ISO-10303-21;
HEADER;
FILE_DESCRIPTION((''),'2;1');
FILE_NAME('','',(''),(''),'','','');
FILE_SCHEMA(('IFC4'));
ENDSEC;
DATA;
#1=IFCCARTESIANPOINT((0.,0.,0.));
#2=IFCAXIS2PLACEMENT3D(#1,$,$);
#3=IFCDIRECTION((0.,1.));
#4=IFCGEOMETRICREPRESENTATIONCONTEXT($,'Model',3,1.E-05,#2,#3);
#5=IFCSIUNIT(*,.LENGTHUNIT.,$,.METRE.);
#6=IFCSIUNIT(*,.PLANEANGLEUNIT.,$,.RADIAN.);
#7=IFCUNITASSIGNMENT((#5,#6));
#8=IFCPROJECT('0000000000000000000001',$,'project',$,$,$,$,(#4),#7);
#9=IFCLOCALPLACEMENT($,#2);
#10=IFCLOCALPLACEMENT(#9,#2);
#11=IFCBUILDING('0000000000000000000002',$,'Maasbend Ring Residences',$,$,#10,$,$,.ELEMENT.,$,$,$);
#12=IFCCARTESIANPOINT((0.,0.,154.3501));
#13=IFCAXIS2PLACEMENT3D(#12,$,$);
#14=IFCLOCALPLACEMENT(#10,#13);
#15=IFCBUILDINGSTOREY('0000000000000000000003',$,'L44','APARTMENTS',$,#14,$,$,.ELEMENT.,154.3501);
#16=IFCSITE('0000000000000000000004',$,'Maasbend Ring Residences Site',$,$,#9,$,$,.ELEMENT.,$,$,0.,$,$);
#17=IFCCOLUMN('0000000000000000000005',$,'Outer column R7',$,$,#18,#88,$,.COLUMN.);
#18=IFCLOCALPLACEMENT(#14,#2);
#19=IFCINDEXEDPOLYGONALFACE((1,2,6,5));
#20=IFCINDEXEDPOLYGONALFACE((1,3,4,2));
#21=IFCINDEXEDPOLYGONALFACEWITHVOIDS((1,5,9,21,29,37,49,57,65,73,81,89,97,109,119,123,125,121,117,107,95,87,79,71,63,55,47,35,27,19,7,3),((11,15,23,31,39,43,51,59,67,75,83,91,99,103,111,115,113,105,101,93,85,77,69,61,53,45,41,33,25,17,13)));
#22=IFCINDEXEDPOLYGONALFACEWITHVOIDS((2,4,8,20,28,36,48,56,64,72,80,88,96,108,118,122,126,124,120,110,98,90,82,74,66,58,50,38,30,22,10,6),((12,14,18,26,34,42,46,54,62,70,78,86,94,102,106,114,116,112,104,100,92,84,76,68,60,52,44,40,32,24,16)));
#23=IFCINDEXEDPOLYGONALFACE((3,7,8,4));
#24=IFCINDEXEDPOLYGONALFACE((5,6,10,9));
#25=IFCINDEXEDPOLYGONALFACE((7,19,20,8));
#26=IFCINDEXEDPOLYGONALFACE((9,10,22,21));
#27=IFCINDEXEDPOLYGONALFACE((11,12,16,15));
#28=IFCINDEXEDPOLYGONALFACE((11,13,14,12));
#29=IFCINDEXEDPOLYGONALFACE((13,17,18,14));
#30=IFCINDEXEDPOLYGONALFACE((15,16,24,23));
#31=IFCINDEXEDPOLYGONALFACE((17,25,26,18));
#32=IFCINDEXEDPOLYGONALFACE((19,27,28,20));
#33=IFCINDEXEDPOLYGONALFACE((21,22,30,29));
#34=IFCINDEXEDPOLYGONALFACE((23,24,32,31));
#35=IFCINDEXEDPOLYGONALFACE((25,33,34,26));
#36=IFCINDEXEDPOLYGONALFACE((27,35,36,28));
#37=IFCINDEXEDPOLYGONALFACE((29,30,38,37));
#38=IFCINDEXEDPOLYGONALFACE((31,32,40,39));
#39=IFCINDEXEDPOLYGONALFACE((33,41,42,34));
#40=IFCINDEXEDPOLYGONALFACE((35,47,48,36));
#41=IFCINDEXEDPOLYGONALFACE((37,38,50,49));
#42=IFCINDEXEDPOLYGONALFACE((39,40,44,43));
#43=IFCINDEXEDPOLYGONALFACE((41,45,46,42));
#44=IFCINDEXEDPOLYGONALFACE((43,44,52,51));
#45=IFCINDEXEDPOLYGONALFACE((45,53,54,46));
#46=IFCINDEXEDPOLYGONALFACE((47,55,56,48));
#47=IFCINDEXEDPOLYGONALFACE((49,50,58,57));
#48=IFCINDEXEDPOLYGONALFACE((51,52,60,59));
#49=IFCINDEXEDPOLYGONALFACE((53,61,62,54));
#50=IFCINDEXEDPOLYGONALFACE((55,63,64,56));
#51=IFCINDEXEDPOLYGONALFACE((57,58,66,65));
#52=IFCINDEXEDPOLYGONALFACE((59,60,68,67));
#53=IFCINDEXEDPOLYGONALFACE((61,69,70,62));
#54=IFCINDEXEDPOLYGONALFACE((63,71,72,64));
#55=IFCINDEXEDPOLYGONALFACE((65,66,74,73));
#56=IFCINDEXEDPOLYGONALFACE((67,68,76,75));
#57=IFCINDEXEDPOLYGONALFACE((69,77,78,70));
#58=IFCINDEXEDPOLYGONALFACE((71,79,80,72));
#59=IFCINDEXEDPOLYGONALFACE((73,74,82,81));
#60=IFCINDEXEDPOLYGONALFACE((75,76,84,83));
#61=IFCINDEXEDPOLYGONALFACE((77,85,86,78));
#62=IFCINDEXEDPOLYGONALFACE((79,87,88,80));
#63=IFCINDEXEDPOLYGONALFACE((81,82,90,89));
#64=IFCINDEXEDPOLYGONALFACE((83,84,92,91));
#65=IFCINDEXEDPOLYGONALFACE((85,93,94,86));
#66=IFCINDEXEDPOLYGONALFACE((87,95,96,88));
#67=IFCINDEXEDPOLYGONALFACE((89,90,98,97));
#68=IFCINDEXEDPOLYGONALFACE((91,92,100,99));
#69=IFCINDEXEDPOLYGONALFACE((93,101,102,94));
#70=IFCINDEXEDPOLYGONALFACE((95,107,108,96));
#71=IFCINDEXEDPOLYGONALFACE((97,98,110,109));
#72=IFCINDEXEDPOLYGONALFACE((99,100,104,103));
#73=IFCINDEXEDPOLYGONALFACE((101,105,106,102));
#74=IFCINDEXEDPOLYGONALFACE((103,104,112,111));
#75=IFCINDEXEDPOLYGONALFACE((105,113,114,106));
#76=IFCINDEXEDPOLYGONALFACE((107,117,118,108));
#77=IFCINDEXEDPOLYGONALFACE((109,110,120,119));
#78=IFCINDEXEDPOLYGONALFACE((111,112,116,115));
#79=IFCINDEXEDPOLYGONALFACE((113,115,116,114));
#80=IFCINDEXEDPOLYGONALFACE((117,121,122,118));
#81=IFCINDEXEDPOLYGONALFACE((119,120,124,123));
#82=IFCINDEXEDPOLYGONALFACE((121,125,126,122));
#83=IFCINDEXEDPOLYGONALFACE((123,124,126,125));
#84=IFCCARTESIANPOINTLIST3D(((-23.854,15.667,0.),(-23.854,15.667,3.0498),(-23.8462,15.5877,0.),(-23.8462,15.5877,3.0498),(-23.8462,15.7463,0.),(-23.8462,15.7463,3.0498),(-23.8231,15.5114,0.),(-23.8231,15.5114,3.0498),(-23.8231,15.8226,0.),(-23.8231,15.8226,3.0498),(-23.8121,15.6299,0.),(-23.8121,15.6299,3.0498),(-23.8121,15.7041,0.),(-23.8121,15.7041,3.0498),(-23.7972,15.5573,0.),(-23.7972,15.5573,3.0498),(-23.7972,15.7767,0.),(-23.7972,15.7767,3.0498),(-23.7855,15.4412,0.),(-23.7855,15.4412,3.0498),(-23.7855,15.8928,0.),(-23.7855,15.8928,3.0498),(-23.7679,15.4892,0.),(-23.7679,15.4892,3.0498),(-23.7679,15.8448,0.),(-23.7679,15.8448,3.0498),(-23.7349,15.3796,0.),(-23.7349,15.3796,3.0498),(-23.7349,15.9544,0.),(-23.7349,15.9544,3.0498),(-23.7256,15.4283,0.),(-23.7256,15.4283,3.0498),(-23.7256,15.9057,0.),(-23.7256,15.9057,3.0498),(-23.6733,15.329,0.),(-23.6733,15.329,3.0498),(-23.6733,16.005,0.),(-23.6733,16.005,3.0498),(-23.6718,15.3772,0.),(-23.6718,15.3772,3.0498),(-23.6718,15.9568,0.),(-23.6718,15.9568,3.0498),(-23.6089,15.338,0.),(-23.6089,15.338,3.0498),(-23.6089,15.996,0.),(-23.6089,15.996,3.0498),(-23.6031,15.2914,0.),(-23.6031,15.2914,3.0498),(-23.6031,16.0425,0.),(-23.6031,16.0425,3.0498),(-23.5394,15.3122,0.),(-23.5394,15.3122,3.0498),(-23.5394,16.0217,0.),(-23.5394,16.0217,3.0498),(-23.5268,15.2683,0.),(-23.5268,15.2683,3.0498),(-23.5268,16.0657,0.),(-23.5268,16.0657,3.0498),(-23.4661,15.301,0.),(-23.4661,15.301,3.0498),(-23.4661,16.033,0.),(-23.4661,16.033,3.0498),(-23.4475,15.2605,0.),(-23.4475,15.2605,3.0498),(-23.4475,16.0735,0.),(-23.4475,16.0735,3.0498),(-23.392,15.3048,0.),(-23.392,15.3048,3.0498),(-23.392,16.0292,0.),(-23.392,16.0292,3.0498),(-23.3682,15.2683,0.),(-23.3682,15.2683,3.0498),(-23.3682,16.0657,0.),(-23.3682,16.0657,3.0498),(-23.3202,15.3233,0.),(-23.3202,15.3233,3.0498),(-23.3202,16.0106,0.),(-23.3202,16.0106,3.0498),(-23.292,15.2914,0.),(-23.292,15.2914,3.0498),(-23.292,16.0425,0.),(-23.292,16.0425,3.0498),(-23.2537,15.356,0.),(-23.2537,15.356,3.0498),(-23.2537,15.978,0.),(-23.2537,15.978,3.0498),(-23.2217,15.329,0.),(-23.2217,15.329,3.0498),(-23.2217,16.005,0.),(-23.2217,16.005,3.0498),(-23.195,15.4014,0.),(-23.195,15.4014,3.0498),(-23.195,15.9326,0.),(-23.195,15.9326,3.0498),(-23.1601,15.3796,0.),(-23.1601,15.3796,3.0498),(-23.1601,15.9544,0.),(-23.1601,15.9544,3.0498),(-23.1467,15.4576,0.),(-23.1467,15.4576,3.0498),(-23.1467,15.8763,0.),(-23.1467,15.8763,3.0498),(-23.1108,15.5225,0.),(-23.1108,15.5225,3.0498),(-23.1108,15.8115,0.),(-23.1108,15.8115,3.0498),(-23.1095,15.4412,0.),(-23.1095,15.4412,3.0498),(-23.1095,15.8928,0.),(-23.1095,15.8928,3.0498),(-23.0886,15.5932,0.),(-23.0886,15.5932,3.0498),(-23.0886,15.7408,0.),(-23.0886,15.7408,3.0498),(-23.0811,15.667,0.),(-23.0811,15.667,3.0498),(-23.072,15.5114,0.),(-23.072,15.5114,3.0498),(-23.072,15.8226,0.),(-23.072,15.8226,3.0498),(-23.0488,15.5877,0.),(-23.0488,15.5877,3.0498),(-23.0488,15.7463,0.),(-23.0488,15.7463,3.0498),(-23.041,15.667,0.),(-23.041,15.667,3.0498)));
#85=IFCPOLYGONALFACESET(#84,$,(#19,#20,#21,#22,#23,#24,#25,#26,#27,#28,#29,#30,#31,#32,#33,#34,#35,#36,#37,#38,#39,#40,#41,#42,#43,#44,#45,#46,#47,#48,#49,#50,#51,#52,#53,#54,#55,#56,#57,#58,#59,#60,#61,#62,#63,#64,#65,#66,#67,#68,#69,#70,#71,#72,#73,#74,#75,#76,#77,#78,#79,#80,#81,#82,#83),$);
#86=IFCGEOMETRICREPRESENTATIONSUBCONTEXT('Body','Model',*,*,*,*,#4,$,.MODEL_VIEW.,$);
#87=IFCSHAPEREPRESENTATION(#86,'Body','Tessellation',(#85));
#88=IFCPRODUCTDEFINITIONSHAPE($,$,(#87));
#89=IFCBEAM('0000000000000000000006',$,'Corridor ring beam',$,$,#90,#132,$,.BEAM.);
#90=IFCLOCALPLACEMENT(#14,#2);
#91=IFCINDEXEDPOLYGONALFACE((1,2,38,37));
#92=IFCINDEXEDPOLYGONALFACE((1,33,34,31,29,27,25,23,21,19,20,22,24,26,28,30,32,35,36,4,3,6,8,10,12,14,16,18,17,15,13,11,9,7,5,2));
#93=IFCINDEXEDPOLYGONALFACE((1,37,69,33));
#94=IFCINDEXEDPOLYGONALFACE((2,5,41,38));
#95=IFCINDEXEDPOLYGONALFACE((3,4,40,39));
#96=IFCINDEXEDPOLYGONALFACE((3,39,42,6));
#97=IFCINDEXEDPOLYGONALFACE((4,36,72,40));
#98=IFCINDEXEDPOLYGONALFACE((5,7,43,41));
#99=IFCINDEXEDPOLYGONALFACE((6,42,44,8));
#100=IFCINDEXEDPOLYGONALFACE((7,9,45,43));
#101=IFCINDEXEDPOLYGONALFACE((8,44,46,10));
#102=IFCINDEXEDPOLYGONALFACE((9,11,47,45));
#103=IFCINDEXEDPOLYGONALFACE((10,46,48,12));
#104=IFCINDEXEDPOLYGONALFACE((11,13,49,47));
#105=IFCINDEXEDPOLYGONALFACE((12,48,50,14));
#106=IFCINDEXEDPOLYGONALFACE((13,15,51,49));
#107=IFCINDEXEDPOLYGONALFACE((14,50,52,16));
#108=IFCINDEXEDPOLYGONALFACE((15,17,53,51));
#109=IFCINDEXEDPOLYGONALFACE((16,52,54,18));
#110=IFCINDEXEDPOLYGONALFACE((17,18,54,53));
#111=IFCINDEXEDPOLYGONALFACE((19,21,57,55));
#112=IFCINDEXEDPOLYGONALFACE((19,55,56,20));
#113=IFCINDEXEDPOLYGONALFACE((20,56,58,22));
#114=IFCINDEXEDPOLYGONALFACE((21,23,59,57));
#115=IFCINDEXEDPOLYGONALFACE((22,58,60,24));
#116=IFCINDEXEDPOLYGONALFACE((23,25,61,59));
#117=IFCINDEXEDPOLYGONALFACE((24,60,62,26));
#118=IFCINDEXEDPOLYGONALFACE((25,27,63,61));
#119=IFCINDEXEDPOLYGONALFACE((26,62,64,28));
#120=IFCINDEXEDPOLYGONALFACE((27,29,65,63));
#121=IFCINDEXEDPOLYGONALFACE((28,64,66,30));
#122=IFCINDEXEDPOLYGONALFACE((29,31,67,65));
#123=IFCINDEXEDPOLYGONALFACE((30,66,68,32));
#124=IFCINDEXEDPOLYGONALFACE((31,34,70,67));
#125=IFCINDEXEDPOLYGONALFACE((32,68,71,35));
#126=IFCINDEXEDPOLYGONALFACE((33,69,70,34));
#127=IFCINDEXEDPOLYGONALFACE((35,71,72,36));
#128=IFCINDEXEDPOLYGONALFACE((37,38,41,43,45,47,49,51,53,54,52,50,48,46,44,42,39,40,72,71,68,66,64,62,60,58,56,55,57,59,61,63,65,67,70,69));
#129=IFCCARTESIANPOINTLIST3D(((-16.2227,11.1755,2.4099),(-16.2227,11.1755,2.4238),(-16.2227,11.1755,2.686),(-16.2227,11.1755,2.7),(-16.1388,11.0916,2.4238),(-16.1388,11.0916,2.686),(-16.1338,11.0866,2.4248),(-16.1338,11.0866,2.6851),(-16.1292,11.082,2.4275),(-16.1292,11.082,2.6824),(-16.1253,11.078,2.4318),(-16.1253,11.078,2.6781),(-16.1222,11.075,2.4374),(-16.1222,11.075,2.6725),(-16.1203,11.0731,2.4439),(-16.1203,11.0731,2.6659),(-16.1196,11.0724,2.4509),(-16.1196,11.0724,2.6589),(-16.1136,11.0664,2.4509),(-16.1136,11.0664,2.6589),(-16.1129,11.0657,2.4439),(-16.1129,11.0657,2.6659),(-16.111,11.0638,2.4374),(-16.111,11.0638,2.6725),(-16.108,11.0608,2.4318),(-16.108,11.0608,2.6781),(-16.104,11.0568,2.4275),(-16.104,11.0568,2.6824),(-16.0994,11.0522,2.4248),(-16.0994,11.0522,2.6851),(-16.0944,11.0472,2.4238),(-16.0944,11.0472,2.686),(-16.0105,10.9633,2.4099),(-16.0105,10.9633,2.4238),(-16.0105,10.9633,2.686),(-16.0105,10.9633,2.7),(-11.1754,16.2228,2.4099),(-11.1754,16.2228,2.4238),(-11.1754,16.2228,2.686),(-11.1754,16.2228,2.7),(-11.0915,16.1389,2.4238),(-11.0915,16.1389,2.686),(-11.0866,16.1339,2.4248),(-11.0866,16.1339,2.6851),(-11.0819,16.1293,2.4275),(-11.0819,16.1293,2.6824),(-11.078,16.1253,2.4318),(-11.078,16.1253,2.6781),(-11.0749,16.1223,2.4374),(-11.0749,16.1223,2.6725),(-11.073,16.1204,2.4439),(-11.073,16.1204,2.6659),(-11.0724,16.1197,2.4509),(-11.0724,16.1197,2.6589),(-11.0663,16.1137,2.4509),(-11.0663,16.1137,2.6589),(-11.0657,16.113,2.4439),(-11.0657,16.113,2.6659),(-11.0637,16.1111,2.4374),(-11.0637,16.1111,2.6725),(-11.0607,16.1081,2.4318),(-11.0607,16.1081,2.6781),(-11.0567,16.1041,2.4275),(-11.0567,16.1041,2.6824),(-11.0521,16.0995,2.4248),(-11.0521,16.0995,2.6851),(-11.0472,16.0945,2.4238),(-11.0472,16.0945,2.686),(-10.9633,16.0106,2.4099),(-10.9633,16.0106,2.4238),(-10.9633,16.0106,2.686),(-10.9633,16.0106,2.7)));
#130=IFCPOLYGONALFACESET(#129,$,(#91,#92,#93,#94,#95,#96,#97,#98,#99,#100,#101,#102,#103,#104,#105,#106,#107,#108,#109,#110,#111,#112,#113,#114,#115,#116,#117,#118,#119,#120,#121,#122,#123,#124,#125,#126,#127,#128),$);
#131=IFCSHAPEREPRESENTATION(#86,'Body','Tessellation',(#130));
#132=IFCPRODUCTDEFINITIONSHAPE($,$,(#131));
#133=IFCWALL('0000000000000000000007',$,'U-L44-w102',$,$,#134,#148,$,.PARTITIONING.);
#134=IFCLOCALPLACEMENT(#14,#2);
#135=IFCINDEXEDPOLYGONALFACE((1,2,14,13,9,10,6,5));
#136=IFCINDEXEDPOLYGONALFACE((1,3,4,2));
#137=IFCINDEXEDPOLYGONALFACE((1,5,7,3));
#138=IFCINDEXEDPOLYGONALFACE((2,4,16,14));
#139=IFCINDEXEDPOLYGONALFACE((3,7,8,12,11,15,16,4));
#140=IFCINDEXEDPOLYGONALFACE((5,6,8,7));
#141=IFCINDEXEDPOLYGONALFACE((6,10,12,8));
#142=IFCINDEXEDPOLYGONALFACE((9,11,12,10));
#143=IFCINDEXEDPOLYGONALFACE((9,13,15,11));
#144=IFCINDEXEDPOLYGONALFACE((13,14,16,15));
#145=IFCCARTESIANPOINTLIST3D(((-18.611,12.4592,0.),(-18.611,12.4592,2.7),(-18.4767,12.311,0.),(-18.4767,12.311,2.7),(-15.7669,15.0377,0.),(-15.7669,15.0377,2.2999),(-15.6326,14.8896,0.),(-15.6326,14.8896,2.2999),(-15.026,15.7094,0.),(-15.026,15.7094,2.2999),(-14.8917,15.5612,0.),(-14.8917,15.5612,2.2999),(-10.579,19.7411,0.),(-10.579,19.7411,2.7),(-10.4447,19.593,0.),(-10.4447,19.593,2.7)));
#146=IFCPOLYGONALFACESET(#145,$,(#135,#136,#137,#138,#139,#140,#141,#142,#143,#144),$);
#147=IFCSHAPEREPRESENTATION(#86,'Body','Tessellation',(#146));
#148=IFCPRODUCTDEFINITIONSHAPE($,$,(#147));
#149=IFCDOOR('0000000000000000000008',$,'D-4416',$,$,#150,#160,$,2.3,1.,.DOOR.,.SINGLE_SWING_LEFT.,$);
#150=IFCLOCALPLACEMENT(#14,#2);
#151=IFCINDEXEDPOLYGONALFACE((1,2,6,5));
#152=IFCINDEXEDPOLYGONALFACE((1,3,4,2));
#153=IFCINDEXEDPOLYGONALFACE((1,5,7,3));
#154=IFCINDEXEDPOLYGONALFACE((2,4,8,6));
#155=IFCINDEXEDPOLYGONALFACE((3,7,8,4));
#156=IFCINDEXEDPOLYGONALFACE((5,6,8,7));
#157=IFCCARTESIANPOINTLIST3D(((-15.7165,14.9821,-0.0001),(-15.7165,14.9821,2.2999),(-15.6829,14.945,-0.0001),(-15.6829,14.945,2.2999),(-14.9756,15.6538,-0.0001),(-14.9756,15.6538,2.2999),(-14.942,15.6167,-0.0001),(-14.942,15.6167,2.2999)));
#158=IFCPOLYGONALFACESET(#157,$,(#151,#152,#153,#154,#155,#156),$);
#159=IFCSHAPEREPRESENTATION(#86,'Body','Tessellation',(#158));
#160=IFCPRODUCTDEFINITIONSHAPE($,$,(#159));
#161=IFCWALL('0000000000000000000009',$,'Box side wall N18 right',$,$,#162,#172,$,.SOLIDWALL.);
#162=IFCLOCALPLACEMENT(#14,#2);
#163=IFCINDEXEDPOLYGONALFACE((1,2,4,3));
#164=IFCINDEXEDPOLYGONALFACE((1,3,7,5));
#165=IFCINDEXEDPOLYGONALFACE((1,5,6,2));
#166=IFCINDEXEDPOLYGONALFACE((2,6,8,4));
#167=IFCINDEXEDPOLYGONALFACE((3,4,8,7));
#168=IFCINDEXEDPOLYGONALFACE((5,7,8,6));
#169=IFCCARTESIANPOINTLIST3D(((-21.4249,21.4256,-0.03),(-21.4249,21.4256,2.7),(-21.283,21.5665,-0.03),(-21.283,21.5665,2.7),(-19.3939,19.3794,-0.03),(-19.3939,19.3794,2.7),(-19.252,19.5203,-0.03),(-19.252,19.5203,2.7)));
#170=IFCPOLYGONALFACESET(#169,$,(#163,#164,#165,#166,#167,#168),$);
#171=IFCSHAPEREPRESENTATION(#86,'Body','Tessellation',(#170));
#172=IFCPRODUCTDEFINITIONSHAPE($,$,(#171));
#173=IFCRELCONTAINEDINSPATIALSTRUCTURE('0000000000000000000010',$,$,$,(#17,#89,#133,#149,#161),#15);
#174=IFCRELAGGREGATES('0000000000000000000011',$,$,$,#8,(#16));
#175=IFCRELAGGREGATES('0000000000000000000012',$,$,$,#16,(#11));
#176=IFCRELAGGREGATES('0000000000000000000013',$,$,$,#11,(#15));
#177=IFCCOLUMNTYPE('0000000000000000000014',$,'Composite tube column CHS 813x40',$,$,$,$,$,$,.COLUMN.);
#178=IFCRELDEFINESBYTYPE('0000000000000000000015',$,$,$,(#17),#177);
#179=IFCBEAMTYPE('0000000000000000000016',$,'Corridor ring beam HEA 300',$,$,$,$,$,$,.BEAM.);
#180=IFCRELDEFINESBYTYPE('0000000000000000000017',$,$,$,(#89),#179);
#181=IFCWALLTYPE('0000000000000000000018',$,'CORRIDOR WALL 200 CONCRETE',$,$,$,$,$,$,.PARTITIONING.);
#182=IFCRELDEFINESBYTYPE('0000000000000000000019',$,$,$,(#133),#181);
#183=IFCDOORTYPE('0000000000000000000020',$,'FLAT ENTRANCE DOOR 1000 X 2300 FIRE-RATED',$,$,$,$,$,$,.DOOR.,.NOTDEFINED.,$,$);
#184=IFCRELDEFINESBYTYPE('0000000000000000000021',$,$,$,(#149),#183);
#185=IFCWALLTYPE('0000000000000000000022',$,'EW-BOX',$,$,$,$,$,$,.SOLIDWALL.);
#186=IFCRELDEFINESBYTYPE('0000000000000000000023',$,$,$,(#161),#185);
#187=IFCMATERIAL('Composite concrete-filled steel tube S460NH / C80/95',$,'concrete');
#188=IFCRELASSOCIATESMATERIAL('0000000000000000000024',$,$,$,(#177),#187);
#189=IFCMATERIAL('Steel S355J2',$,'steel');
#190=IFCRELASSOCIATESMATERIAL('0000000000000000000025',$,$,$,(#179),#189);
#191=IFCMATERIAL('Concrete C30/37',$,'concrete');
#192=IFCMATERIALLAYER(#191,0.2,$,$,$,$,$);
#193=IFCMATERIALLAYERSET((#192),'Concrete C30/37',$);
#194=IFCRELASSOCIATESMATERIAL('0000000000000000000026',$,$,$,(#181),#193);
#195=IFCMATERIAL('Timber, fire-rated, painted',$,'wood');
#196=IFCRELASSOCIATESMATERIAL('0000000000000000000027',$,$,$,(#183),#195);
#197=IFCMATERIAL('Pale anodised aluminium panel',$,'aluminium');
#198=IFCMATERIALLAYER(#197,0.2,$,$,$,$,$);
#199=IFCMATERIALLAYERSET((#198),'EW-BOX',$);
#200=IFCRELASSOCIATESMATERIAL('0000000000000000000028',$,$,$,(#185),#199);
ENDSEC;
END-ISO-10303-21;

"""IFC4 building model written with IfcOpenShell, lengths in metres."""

from ifc_helpers import new_model, si_unit, direction, frame, frame_2d, origin, origin_2d, place, context, subcontext, project, spatial, rectangle, hollow_circle, i_section, extrude, material, layer, layer_set, material_profile, profile_set, type_object, element, fill, save


model = new_model("IFC4")

# Units and contexts
model_context = context("Model", 3, precision=1e-05, world=origin(), true_north=direction((0.0, 1.0)))
body_context = subcontext(model_context, "Body", "Model", "MODEL_VIEW")
ifc_project = project(units=[si_unit("LENGTHUNIT", "METRE"), si_unit("PLANEANGLEUNIT", "RADIAN")], contexts=[model_context])

# Site, building, storey
site_placement = place(None, origin())
site = spatial("IfcSite", under=ifc_project, at=site_placement, Name="Maasbend Ring Residences Site", CompositionType="ELEMENT", RefElevation=0.0)
building_placement = place(site_placement, origin())
building = spatial("IfcBuilding", under=site, at=building_placement, Name="Maasbend Ring Residences", CompositionType="ELEMENT")
storey_placement = place(building_placement, frame((0.0, 0.0, 154.3501)))
storey = spatial("IfcBuildingStorey", under=building, at=storey_placement, Name="L44", Description="APARTMENTS", CompositionType="ELEMENT", Elevation=154.3501)

# Column
ifc_material_1 = material(Name="Composite concrete-filled steel tube S460NH / C80/95", Category="concrete")
ifc_material_profile_1 = material_profile(ifc_material_1, hollow_circle(Radius=0.4065, WallThickness=0.04, at=origin_2d()), Name="Composite tube column CHS 813x40")
ifc_profile_set_1 = profile_set([ifc_material_profile_1], Name="Composite concrete-filled steel tube S460NH / C80/95")
column_type = type_object("IfcColumnType", Name="Composite tube column CHS 813x40", PredefinedType="COLUMN", material=ifc_profile_set_1)
column_placement = place(storey_placement, frame((-23.4475, 15.667, 0.0), z_axis=(0.0, 0.0, 1.0), x_axis=(1.0, 0.0, 0.0)))
element("IfcColumn", 1, at=column_placement, inside=storey, type_object=column_type, Name="Outer column R7", PredefinedType="COLUMN", context=body_context, shape_type="SweptSolid", body=[
    extrude(hollow_circle(Radius=0.4065, WallThickness=0.04, at=origin_2d()), origin(), (0.0, 0.0, 1.0), 3.0498),
])

# Beam
ifc_material_2 = material(Name="Steel S355J2", Category="steel")
ifc_material_profile_2 = material_profile(ifc_material_2, i_section(OverallWidth=0.3, OverallDepth=0.29, WebThickness=0.0085, FlangeThickness=0.0139, FilletRadius=0.0271, at=origin_2d()), Name="HEA 300")
ifc_profile_set_2 = profile_set([ifc_material_profile_2], Name="Steel S355J2")
beam_type = type_object("IfcBeamType", Name="Corridor ring beam HEA 300", PredefinedType="BEAM", material=ifc_profile_set_2)
beam_placement = place(storey_placement, frame((-11.0693, 16.1167, 2.5549), z_axis=(-0.707107, -0.707107, 0.0), x_axis=(0.707107, -0.707107, 0.0)))
element("IfcBeam", 2, at=beam_placement, inside=storey, type_object=beam_type, Name="Corridor ring beam", PredefinedType="BEAM", context=body_context, shape_type="SweptSolid", body=[
    extrude(i_section(OverallWidth=0.3, OverallDepth=0.29, WebThickness=0.0085, FlangeThickness=0.0139, FilletRadius=0.0271, at=origin_2d()), origin(), (0.0, 0.0, 1.0), 7.1379),
])

# Wall, opening, door
ifc_material_3 = material(Name="Concrete C30/37", Category="concrete")
ifc_layer_1 = layer(ifc_material_3, 0.2)
ifc_layer_set_1 = layer_set([ifc_layer_1], Name="Concrete C30/37")
wall_type_1 = type_object("IfcWallType", Name="CORRIDOR WALL 200 CONCRETE", PredefinedType="PARTITIONING", material=ifc_layer_set_1)
wall_1_placement = place(storey_placement, frame((-18.5439, 12.385, 0.0), z_axis=(0.0, 0.0, 1.0), x_axis=(0.740849, 0.671671, 0.0)))
wall_1 = element("IfcWall", 3, at=wall_1_placement, inside=storey, type_object=wall_type_1, Name="U-L44-w102", PredefinedType="PARTITIONING", context=body_context, shape_type="SweptSolid", body=[
    extrude(rectangle(XDim=10.8416, YDim=0.2, at=frame_2d((5.4209, 0.0))), origin(), (0.0, 0.0, 1.0), 2.7),
])
opening_1_placement = place(wall_1_placement, frame((3.8391, 0.0, 0.0)))
opening_1 = element("IfcOpeningElement", 4, at=opening_1_placement, cuts=wall_1, PredefinedType="OPENING", context=body_context, shape_type="SweptSolid", body=[
    extrude(rectangle(XDim=1.0, YDim=2.3, at=frame_2d((0.5, 1.1499))), frame((0.0, 0.1099, 0.0), z_axis=(0.0, -1.0, 0.0), x_axis=(1.0, 0.0, 0.0)), (0.0, 0.0, 1.0), 0.22),
])
ifc_material_4 = material(Name="Timber, fire-rated, painted", Category="wood")
door_type_1 = type_object("IfcDoorType", Name="FLAT ENTRANCE DOOR 1000 X 2300 FIRE-RATED", OperationType="NOTDEFINED", PredefinedType="DOOR", material=ifc_material_4)
door_1_placement = place(opening_1_placement, origin())
door_1 = element("IfcDoor", 5, at=door_1_placement, inside=storey, type_object=door_type_1, Name="D-4416", OperationType="SINGLE_SWING_LEFT", OverallHeight=2.3, OverallWidth=1.0, PredefinedType="DOOR", context=body_context, shape_type="SweptSolid", body=[
    extrude(rectangle(XDim=1.0, YDim=2.3, at=frame_2d((0.5, 1.1499))), frame((0.0, 0.0249, 0.0), z_axis=(0.0, -1.0, 0.0), x_axis=(1.0, 0.0, 0.0)), (0.0, 0.0, 1.0), 0.05),
])
fill(opening_1, door_1)

# Wall
ifc_material_5 = material(Name="Pale anodised aluminium panel", Category="aluminium")
ifc_layer_2 = layer(ifc_material_5, 0.2)
ifc_layer_set_2 = layer_set([ifc_layer_2], Name="EW-BOX")
wall_type_2 = type_object("IfcWallType", Name="EW-BOX", PredefinedType="SOLIDWALL", material=ifc_layer_set_2)
wall_2_placement = place(storey_placement, frame((-19.323, 19.45, -0.03), z_axis=(0.0, 0.0, 1.0), x_axis=(-0.704477, 0.709727, 0.0)))
element("IfcWall", 6, at=wall_2_placement, inside=storey, type_object=wall_type_2, Name="Box side wall N18 right", PredefinedType="SOLIDWALL", context=body_context, shape_type="SweptSolid", body=[
    extrude(rectangle(XDim=2.8831, YDim=0.2, at=frame_2d((1.4414, 0.0))), origin(), (0.0, 0.0, 1.0), 2.73),
])

save(model, "model.ifc")
